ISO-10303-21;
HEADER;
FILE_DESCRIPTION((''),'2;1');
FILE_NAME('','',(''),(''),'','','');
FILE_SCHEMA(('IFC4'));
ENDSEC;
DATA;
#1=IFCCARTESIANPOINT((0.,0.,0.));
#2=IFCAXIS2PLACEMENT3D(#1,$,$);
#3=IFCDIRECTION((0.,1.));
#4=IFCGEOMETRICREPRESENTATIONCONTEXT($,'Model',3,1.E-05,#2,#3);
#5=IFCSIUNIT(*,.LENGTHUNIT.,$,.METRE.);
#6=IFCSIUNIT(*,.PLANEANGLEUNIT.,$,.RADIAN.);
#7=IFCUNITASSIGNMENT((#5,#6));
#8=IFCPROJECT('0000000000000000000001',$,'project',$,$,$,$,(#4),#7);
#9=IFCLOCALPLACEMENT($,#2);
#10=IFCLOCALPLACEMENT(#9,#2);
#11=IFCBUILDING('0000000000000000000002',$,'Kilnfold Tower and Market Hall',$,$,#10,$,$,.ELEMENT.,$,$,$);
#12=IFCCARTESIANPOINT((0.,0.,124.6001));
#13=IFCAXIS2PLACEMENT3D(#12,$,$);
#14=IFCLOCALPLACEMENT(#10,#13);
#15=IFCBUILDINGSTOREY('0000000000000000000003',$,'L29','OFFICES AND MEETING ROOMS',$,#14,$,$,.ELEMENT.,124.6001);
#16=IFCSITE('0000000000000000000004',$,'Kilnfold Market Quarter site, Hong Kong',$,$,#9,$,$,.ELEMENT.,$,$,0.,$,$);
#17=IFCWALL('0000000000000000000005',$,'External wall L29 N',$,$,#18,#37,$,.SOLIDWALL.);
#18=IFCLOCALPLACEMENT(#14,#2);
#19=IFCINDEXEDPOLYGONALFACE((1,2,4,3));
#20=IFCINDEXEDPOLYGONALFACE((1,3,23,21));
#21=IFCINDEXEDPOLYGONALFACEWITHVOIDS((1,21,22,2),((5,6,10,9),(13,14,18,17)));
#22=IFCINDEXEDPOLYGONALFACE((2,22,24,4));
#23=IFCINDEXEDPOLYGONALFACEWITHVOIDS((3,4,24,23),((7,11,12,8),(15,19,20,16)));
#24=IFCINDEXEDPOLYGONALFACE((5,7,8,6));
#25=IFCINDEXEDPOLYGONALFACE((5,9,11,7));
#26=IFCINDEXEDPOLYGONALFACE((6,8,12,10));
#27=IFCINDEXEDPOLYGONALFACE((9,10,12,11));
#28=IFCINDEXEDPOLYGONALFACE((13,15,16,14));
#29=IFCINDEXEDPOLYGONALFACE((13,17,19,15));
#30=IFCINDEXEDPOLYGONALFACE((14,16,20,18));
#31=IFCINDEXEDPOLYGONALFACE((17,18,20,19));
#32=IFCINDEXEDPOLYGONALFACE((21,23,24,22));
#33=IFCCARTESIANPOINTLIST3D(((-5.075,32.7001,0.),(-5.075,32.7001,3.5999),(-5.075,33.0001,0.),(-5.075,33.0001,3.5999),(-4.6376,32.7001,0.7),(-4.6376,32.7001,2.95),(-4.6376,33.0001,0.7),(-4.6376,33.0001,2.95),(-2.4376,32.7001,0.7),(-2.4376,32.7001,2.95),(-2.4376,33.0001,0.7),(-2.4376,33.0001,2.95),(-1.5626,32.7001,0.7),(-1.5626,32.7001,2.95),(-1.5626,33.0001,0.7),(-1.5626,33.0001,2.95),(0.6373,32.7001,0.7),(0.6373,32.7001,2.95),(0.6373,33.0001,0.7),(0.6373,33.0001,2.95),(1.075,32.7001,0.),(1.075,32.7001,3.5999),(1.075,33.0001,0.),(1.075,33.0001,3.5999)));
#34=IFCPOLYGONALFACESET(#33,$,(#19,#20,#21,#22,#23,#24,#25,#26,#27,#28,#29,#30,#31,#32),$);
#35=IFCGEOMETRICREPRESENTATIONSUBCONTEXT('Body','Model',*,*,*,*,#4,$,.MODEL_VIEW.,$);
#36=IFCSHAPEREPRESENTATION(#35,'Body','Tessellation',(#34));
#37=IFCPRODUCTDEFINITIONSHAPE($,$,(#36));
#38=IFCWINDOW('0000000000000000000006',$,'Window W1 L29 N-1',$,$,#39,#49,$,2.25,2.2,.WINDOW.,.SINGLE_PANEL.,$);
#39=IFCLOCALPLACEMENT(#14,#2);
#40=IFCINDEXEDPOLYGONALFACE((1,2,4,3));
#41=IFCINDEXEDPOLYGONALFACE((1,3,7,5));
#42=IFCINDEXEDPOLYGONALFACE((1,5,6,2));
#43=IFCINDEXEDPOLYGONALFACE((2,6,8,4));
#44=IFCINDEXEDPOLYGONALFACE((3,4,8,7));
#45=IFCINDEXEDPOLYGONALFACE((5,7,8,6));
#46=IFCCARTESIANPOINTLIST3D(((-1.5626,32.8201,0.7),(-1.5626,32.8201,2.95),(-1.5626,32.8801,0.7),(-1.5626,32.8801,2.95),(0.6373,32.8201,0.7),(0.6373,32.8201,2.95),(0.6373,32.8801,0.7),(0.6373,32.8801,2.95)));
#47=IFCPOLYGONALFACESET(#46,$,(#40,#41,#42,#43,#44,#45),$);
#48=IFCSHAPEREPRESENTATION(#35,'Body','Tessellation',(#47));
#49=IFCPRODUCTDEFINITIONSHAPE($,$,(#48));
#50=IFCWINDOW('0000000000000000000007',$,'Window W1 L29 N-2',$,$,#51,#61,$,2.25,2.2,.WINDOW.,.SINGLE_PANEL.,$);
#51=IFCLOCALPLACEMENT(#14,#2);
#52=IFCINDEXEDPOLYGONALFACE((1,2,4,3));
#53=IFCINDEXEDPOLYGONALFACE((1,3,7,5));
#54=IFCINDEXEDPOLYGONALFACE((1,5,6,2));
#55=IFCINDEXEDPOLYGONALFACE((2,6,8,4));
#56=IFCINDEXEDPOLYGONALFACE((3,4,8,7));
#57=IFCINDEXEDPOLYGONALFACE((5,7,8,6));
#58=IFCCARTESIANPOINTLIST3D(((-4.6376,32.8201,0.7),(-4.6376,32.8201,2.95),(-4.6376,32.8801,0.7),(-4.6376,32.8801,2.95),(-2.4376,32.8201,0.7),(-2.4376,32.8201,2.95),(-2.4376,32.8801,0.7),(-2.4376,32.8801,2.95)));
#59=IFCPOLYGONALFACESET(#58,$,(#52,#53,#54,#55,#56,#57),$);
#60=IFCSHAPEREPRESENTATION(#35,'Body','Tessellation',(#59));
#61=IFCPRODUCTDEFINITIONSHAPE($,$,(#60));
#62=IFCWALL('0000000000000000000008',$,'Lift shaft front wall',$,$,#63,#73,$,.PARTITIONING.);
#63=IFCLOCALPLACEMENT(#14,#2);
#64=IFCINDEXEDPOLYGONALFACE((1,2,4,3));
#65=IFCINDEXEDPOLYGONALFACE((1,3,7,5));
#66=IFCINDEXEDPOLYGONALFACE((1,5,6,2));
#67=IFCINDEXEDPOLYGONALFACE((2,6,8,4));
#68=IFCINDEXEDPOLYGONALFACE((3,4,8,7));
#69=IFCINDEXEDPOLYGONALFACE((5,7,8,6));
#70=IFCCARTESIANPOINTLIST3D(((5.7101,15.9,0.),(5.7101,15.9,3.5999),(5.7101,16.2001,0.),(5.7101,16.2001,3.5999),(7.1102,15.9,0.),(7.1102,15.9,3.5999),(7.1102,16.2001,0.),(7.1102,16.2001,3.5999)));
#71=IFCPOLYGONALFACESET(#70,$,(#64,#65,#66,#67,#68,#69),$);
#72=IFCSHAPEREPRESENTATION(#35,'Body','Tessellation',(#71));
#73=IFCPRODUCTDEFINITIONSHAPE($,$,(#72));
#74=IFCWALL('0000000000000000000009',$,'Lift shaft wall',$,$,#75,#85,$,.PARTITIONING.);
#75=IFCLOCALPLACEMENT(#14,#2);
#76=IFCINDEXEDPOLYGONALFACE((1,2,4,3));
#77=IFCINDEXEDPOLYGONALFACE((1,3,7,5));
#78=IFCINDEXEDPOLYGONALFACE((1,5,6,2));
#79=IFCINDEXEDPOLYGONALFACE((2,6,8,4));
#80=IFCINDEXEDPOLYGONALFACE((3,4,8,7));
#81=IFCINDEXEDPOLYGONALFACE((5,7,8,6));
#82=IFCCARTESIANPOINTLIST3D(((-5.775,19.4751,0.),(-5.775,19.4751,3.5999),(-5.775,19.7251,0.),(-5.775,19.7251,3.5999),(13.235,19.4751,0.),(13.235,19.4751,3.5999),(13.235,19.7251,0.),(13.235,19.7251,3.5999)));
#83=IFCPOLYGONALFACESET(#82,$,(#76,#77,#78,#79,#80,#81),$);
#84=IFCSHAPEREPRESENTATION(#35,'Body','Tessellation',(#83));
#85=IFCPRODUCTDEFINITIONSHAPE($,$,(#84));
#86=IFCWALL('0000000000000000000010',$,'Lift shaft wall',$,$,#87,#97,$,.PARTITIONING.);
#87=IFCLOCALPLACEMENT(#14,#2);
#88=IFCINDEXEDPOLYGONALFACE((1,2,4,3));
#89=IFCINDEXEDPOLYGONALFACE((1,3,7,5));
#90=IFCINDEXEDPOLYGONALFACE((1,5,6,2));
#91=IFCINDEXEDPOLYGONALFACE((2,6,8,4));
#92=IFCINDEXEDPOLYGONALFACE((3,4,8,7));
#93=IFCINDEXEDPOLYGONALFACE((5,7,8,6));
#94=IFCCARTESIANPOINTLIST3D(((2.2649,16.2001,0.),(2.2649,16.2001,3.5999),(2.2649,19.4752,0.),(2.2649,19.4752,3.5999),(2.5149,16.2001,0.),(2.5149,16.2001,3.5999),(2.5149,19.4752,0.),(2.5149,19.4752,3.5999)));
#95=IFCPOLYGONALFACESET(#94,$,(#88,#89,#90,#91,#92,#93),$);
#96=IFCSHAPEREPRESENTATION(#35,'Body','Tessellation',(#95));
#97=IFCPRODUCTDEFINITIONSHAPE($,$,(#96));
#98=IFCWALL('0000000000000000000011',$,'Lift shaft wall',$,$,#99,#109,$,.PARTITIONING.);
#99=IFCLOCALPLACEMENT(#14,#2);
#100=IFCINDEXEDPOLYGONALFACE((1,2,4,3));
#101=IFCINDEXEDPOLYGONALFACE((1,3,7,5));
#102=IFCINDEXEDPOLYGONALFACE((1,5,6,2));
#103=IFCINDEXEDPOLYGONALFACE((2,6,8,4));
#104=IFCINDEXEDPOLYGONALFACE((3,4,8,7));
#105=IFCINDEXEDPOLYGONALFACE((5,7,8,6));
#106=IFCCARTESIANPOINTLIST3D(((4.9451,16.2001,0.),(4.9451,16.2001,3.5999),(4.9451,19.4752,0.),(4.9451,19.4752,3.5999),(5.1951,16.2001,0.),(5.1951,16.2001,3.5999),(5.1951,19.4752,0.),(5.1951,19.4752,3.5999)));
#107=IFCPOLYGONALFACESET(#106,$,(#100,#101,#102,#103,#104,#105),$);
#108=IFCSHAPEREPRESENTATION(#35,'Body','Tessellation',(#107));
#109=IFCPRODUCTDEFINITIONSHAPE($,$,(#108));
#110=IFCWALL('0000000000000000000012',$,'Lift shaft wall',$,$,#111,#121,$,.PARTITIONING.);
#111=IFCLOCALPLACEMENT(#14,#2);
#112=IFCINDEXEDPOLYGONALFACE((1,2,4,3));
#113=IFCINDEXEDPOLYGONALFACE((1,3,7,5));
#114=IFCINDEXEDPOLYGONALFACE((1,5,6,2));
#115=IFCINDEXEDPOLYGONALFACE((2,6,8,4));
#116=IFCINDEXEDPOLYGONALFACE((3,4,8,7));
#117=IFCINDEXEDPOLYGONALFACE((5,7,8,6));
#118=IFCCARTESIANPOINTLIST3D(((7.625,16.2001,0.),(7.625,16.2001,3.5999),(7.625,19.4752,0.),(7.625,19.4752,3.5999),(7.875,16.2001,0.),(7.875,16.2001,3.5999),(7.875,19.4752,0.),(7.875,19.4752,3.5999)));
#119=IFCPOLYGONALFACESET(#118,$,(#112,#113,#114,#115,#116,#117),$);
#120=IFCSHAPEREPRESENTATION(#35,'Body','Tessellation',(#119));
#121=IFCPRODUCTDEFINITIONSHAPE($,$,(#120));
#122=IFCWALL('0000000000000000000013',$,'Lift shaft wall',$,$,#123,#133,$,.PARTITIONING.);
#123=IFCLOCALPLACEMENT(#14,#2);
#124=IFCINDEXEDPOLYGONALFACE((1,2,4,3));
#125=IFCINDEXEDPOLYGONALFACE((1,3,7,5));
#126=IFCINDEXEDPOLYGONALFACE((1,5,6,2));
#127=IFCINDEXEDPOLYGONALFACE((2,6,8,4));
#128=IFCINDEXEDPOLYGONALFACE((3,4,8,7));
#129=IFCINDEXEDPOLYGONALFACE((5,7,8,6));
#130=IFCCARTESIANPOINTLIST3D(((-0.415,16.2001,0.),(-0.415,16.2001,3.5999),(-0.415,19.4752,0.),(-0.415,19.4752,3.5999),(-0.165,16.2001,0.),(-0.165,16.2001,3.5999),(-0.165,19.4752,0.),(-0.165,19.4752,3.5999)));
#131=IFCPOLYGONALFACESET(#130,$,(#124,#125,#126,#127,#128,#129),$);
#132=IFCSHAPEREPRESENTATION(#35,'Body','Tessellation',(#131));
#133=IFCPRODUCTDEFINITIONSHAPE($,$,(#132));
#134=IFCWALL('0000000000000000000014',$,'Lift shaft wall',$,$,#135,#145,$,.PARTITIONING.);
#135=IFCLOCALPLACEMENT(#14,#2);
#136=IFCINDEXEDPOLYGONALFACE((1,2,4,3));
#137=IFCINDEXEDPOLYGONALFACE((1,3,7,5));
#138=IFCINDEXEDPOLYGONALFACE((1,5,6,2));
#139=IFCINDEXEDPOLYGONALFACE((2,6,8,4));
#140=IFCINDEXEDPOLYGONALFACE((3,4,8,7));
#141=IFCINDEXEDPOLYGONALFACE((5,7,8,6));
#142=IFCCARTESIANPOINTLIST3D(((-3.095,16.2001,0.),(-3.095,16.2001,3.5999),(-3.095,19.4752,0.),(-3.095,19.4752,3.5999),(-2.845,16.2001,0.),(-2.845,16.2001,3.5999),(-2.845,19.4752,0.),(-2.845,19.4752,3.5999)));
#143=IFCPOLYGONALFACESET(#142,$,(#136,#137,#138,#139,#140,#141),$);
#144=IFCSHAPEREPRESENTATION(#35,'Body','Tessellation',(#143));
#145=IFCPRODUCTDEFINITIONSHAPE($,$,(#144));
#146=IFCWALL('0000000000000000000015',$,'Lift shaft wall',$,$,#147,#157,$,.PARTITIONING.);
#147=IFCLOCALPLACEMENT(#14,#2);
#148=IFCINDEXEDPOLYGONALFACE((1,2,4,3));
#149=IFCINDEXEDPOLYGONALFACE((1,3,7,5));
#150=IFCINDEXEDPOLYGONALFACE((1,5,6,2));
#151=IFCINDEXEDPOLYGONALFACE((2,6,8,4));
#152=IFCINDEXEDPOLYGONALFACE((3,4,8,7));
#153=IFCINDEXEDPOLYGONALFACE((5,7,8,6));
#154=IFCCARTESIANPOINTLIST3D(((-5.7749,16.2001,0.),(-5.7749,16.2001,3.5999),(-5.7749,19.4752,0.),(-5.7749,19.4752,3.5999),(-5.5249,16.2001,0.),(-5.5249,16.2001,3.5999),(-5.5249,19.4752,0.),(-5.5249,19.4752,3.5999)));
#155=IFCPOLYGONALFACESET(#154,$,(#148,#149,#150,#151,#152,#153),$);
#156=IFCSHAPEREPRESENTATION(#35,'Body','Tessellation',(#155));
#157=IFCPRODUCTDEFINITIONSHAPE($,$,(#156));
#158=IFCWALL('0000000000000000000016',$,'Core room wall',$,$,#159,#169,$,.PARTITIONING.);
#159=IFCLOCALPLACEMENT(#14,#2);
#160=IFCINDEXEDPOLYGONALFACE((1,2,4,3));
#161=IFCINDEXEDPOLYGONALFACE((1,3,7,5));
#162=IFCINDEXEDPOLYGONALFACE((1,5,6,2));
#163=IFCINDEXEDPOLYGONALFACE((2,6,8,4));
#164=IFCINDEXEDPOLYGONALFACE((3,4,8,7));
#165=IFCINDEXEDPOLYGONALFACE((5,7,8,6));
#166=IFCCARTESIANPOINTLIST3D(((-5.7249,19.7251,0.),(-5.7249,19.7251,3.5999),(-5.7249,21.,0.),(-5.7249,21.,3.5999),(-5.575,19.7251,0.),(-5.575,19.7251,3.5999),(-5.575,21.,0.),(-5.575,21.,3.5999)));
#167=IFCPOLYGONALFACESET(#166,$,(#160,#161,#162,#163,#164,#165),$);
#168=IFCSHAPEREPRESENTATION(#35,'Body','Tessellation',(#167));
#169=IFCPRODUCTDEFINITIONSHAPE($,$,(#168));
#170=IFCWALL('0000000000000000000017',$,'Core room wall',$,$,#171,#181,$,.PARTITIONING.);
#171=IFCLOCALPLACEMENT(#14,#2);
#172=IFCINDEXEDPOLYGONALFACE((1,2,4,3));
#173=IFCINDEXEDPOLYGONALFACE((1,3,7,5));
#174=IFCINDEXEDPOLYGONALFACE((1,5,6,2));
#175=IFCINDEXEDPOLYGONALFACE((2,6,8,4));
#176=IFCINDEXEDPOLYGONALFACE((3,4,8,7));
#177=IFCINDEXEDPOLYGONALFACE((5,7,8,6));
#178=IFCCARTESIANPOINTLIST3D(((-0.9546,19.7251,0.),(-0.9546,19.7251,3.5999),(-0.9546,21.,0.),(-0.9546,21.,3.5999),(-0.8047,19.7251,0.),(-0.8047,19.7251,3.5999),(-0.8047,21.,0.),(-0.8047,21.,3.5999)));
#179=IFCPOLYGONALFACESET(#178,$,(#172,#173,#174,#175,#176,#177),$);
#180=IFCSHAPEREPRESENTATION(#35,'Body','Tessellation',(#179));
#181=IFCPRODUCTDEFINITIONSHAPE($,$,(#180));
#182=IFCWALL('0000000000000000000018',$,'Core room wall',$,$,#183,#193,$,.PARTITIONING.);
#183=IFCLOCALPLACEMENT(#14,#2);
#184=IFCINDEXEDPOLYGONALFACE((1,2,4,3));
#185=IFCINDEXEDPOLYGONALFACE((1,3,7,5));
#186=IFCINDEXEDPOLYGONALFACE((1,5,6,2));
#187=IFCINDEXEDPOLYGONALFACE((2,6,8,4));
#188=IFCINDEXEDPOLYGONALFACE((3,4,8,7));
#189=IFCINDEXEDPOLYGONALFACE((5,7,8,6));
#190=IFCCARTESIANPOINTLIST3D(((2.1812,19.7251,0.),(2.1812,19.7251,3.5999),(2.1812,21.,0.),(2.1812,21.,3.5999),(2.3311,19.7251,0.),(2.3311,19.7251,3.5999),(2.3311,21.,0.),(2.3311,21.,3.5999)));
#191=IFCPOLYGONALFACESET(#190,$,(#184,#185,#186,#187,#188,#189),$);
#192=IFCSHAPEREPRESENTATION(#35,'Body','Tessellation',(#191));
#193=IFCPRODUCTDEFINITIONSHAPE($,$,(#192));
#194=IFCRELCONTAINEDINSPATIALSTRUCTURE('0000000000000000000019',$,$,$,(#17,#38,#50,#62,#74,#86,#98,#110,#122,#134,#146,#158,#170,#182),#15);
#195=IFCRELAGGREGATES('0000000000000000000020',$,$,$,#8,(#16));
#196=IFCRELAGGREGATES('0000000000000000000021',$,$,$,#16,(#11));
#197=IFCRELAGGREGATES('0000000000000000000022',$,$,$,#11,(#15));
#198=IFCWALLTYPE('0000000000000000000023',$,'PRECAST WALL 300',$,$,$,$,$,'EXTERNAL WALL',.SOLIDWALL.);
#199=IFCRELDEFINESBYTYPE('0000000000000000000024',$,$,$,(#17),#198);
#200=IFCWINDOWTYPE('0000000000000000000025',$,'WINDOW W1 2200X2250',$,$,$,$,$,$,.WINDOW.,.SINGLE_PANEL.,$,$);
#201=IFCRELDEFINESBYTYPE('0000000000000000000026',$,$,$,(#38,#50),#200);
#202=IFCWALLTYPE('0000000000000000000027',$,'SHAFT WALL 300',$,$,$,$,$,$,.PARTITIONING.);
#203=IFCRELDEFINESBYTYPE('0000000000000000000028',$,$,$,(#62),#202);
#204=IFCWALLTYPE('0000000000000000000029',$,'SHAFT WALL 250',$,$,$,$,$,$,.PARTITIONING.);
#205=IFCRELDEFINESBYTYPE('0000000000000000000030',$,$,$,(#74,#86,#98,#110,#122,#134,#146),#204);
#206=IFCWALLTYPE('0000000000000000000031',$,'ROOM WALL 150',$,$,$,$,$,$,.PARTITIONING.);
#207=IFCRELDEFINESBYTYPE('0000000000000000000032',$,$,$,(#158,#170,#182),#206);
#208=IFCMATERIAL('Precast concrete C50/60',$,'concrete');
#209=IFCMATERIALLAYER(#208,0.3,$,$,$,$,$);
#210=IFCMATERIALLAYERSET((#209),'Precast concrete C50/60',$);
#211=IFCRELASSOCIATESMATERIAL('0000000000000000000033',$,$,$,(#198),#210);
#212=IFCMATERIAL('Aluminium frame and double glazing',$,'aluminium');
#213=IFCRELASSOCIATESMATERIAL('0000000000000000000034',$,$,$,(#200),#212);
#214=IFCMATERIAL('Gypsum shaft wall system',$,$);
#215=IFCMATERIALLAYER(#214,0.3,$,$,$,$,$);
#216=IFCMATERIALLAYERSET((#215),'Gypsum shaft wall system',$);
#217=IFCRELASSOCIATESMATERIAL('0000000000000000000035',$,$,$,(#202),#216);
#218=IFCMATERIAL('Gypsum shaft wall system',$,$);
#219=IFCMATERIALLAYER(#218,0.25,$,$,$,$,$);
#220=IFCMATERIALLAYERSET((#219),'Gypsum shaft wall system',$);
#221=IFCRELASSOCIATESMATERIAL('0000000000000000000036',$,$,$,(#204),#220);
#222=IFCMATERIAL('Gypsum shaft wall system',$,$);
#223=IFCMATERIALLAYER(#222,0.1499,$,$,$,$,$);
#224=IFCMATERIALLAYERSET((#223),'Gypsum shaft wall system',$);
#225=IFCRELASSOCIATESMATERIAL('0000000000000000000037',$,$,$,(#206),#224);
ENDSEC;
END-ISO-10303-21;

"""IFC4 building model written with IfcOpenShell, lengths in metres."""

from ifc_helpers import new_model, si_unit, direction, frame, frame_2d, origin, place, context, subcontext, project, spatial, rectangle, extrude, source, transform, mapped, material, layer, layer_set, type_object, element, fill, save


model = new_model("IFC4")

# Units and contexts
model_context = context("Model", 3, precision=1e-05, world=origin(), true_north=direction((0.0, 1.0)))
body_context = subcontext(model_context, "Body", "Model", "MODEL_VIEW")
ifc_project = project(units=[si_unit("LENGTHUNIT", "METRE"), si_unit("PLANEANGLEUNIT", "RADIAN")], contexts=[model_context])

# Site, building, storey
site_placement = place(None, origin())
site = spatial("IfcSite", under=ifc_project, at=site_placement, Name="Kilnfold Market Quarter site, Hong Kong", CompositionType="ELEMENT", RefElevation=0.0)
building_placement = place(site_placement, origin())
building = spatial("IfcBuilding", under=site, at=building_placement, Name="Kilnfold Tower and Market Hall", CompositionType="ELEMENT")
storey_placement = place(building_placement, frame((0.0, 0.0, 124.6001)))
storey = spatial("IfcBuildingStorey", under=building, at=storey_placement, Name="L29", Description="OFFICES AND MEETING ROOMS", CompositionType="ELEMENT", Elevation=124.6001)

# Wall, openings, windows
ifc_material_1 = material(Name="Precast concrete C50/60", Category="concrete")
ifc_layer_1 = layer(ifc_material_1, 0.3)
ifc_layer_set_1 = layer_set([ifc_layer_1], Name="Precast concrete C50/60")
wall_type_1 = type_object("IfcWallType", Name="PRECAST WALL 300", ElementType="EXTERNAL WALL", PredefinedType="SOLIDWALL", material=ifc_layer_set_1)
shared_shape_1 = source(origin(), body_context, "Body", "SweptSolid", [
    extrude(rectangle(XDim=6.1499, YDim=0.3, at=frame_2d((3.075, 0.0))), origin(), (0.0, 0.0, 1.0), 3.5999),
])
wall_1_placement = place(storey_placement, frame((1.075, 32.8501, 0.0), z_axis=(0.0, 0.0, 1.0), x_axis=(-1.0, 0.0, 0.0)))
wall_1 = element("IfcWall", 1, at=wall_1_placement, inside=storey, type_object=wall_type_1, Name="External wall L29 N", PredefinedType="SOLIDWALL", context=body_context, shape_type="MappedRepresentation", body=[
    mapped(shared_shape_1, transform((0.0, 0.0, 0.0))),
])
opening_1_placement = place(wall_1_placement, frame((0.4375, 0.0, 0.7)))
opening_1 = element("IfcOpeningElement", 2, at=opening_1_placement, cuts=wall_1, PredefinedType="OPENING", context=body_context, shape_type="SweptSolid", body=[
    extrude(rectangle(XDim=2.2, YDim=2.25, at=frame_2d((1.1001, 1.125))), frame((0.0, 0.1602, 0.0), z_axis=(0.0, -1.0, 0.0), x_axis=(1.0, 0.0, 0.0)), (0.0, 0.0, 1.0), 0.3201),
])
opening_2_placement = place(wall_1_placement, frame((3.5125, 0.0, 0.7)))
opening_2 = element("IfcOpeningElement", 3, at=opening_2_placement, cuts=wall_1, PredefinedType="OPENING", context=body_context, shape_type="SweptSolid", body=[
    extrude(rectangle(XDim=2.2, YDim=2.25, at=frame_2d((1.1001, 1.125))), frame((0.0, 0.1602, 0.0), z_axis=(0.0, -1.0, 0.0), x_axis=(1.0, 0.0, 0.0)), (0.0, 0.0, 1.0), 0.3201),
])
ifc_material_2 = material(Name="Aluminium frame and double glazing", Category="aluminium")
window_type = type_object("IfcWindowType", Name="WINDOW W1 2200X2250", PartitioningType="SINGLE_PANEL", PredefinedType="WINDOW", material=ifc_material_2)
window_1_placement = place(opening_1_placement, origin())
window_1 = element("IfcWindow", 4, at=window_1_placement, inside=storey, type_object=window_type, Name="Window W1 L29 N-1", OverallHeight=2.25, OverallWidth=2.2, PartitioningType="SINGLE_PANEL", PredefinedType="WINDOW", context=body_context, shape_type="SweptSolid", body=[
    extrude(rectangle(XDim=2.2, YDim=2.25, at=frame_2d((1.1001, 1.125))), frame((0.0, 0.03, 0.0), z_axis=(0.0, -1.0, 0.0), x_axis=(1.0, 0.0, 0.0)), (0.0, 0.0, 1.0), 0.0601),
])
fill(opening_1, window_1)
window_2_placement = place(opening_2_placement, origin())
window_2 = element("IfcWindow", 5, at=window_2_placement, inside=storey, type_object=window_type, Name="Window W1 L29 N-2", OverallHeight=2.25, OverallWidth=2.2, PartitioningType="SINGLE_PANEL", PredefinedType="WINDOW", context=body_context, shape_type="SweptSolid", body=[
    extrude(rectangle(XDim=2.2, YDim=2.25, at=frame_2d((1.1001, 1.125))), frame((0.0, 0.03, 0.0), z_axis=(0.0, -1.0, 0.0), x_axis=(1.0, 0.0, 0.0)), (0.0, 0.0, 1.0), 0.0601),
])
fill(opening_2, window_2)

# Walls
ifc_material_3 = material(Name="Gypsum shaft wall system")
ifc_layer_2 = layer(ifc_material_3, 0.3)
ifc_layer_set_2 = layer_set([ifc_layer_2], Name="Gypsum shaft wall system")
wall_type_2 = type_object("IfcWallType", Name="SHAFT WALL 300", PredefinedType="PARTITIONING", material=ifc_layer_set_2)
shared_shape_2 = source(origin(), body_context, "Body", "SweptSolid", [
    extrude(rectangle(XDim=1.4001, YDim=0.3, at=frame_2d((0.7002, 0.0))), origin(), (0.0, 0.0, 1.0), 3.5999),
])
wall_2_placement = place(storey_placement, frame((5.71, 16.05, 0.0), z_axis=(0.0, 0.0, 1.0), x_axis=(1.0, 0.0, 0.0)))
element("IfcWall", 6, at=wall_2_placement, inside=storey, type_object=wall_type_2, Name="Lift shaft front wall", PredefinedType="PARTITIONING", context=body_context, shape_type="MappedRepresentation", body=[
    mapped(shared_shape_2, transform((0.0, 0.0, 0.0))),
])
ifc_material_4 = material(Name="Gypsum shaft wall system")
ifc_layer_3 = layer(ifc_material_4, 0.25)
ifc_layer_set_3 = layer_set([ifc_layer_3], Name="Gypsum shaft wall system")
wall_type_3 = type_object("IfcWallType", Name="SHAFT WALL 250", PredefinedType="PARTITIONING", material=ifc_layer_set_3)
shared_shape_3 = source(origin(), body_context, "Body", "SweptSolid", [
    extrude(rectangle(XDim=19.01, YDim=0.25, at=frame_2d((9.5049, 0.0))), origin(), (0.0, 0.0, 1.0), 3.5999),
])
wall_3_placement = place(storey_placement, frame((-5.7749, 19.6001, 0.0), z_axis=(0.0, 0.0, 1.0), x_axis=(1.0, 0.0, 0.0)))
element("IfcWall", 7, at=wall_3_placement, inside=storey, type_object=wall_type_3, Name="Lift shaft wall", PredefinedType="PARTITIONING", context=body_context, shape_type="MappedRepresentation", body=[
    mapped(shared_shape_3, transform((0.0, 0.0, 0.0))),
])
shared_shape_4 = source(origin(), body_context, "Body", "SweptSolid", [
    extrude(rectangle(XDim=3.2751, YDim=0.25, at=frame_2d((1.6377, 0.0))), origin(), (0.0, 0.0, 1.0), 3.5999),
])
for number, where, z_axis, x_axis, name in (
    (8, (2.3899, 16.2, 0.0), (0.0, 0.0, 1.0), (0.0, 1.0, 0.0), "Lift shaft wall"),
    (9, (5.0701, 16.2, 0.0), (0.0, 0.0, 1.0), (0.0, 1.0, 0.0), "Lift shaft wall"),
    (10, (7.75, 16.2, 0.0), (0.0, 0.0, 1.0), (0.0, 1.0, 0.0), "Lift shaft wall"),
    (11, (-0.29, 16.2, 0.0), (0.0, 0.0, 1.0), (0.0, 1.0, 0.0), "Lift shaft wall"),
    (12, (-2.97, 16.2, 0.0), (0.0, 0.0, 1.0), (0.0, 1.0, 0.0), "Lift shaft wall"),
    (13, (-5.6499, 16.2, 0.0), (0.0, 0.0, 1.0), (0.0, 1.0, 0.0), "Lift shaft wall"),
):
    element("IfcWall", number, at=place(storey_placement, frame(where, z_axis=z_axis, x_axis=x_axis)), inside=storey, type_object=wall_type_3, Name=name, PredefinedType="PARTITIONING", context=body_context, shape_type="MappedRepresentation", body=[
        mapped(shared_shape_4, transform((0.0, 0.0, 0.0))),
    ])
ifc_material_5 = material(Name="Gypsum shaft wall system")
ifc_layer_4 = layer(ifc_material_5, 0.1499)
ifc_layer_set_4 = layer_set([ifc_layer_4], Name="Gypsum shaft wall system")
wall_type_4 = type_object("IfcWallType", Name="ROOM WALL 150", PredefinedType="PARTITIONING", material=ifc_layer_set_4)
shared_shape_5 = source(origin(), body_context, "Body", "SweptSolid", [
    extrude(rectangle(XDim=1.2749, YDim=0.1499, at=frame_2d((0.6375, 0.0))), origin(), (0.0, 0.0, 1.0), 3.5999),
])
for number, where, z_axis, x_axis, name in (
    (14, (-5.6499, 19.7251, 0.0), (0.0, 0.0, 1.0), (0.0, 1.0, 0.0), "Core room wall"),
    (15, (-0.8796, 19.7251, 0.0), (0.0, 0.0, 1.0), (0.0, 1.0, 0.0), "Core room wall"),
    (16, (2.2561, 19.7251, 0.0), (0.0, 0.0, 1.0), (0.0, 1.0, 0.0), "Core room wall"),
):
    element("IfcWall", number, at=place(storey_placement, frame(where, z_axis=z_axis, x_axis=x_axis)), inside=storey, type_object=wall_type_4, Name=name, PredefinedType="PARTITIONING", context=body_context, shape_type="MappedRepresentation", body=[
        mapped(shared_shape_5, transform((0.0, 0.0, 0.0))),
    ])

save(model, "model.ifc")
